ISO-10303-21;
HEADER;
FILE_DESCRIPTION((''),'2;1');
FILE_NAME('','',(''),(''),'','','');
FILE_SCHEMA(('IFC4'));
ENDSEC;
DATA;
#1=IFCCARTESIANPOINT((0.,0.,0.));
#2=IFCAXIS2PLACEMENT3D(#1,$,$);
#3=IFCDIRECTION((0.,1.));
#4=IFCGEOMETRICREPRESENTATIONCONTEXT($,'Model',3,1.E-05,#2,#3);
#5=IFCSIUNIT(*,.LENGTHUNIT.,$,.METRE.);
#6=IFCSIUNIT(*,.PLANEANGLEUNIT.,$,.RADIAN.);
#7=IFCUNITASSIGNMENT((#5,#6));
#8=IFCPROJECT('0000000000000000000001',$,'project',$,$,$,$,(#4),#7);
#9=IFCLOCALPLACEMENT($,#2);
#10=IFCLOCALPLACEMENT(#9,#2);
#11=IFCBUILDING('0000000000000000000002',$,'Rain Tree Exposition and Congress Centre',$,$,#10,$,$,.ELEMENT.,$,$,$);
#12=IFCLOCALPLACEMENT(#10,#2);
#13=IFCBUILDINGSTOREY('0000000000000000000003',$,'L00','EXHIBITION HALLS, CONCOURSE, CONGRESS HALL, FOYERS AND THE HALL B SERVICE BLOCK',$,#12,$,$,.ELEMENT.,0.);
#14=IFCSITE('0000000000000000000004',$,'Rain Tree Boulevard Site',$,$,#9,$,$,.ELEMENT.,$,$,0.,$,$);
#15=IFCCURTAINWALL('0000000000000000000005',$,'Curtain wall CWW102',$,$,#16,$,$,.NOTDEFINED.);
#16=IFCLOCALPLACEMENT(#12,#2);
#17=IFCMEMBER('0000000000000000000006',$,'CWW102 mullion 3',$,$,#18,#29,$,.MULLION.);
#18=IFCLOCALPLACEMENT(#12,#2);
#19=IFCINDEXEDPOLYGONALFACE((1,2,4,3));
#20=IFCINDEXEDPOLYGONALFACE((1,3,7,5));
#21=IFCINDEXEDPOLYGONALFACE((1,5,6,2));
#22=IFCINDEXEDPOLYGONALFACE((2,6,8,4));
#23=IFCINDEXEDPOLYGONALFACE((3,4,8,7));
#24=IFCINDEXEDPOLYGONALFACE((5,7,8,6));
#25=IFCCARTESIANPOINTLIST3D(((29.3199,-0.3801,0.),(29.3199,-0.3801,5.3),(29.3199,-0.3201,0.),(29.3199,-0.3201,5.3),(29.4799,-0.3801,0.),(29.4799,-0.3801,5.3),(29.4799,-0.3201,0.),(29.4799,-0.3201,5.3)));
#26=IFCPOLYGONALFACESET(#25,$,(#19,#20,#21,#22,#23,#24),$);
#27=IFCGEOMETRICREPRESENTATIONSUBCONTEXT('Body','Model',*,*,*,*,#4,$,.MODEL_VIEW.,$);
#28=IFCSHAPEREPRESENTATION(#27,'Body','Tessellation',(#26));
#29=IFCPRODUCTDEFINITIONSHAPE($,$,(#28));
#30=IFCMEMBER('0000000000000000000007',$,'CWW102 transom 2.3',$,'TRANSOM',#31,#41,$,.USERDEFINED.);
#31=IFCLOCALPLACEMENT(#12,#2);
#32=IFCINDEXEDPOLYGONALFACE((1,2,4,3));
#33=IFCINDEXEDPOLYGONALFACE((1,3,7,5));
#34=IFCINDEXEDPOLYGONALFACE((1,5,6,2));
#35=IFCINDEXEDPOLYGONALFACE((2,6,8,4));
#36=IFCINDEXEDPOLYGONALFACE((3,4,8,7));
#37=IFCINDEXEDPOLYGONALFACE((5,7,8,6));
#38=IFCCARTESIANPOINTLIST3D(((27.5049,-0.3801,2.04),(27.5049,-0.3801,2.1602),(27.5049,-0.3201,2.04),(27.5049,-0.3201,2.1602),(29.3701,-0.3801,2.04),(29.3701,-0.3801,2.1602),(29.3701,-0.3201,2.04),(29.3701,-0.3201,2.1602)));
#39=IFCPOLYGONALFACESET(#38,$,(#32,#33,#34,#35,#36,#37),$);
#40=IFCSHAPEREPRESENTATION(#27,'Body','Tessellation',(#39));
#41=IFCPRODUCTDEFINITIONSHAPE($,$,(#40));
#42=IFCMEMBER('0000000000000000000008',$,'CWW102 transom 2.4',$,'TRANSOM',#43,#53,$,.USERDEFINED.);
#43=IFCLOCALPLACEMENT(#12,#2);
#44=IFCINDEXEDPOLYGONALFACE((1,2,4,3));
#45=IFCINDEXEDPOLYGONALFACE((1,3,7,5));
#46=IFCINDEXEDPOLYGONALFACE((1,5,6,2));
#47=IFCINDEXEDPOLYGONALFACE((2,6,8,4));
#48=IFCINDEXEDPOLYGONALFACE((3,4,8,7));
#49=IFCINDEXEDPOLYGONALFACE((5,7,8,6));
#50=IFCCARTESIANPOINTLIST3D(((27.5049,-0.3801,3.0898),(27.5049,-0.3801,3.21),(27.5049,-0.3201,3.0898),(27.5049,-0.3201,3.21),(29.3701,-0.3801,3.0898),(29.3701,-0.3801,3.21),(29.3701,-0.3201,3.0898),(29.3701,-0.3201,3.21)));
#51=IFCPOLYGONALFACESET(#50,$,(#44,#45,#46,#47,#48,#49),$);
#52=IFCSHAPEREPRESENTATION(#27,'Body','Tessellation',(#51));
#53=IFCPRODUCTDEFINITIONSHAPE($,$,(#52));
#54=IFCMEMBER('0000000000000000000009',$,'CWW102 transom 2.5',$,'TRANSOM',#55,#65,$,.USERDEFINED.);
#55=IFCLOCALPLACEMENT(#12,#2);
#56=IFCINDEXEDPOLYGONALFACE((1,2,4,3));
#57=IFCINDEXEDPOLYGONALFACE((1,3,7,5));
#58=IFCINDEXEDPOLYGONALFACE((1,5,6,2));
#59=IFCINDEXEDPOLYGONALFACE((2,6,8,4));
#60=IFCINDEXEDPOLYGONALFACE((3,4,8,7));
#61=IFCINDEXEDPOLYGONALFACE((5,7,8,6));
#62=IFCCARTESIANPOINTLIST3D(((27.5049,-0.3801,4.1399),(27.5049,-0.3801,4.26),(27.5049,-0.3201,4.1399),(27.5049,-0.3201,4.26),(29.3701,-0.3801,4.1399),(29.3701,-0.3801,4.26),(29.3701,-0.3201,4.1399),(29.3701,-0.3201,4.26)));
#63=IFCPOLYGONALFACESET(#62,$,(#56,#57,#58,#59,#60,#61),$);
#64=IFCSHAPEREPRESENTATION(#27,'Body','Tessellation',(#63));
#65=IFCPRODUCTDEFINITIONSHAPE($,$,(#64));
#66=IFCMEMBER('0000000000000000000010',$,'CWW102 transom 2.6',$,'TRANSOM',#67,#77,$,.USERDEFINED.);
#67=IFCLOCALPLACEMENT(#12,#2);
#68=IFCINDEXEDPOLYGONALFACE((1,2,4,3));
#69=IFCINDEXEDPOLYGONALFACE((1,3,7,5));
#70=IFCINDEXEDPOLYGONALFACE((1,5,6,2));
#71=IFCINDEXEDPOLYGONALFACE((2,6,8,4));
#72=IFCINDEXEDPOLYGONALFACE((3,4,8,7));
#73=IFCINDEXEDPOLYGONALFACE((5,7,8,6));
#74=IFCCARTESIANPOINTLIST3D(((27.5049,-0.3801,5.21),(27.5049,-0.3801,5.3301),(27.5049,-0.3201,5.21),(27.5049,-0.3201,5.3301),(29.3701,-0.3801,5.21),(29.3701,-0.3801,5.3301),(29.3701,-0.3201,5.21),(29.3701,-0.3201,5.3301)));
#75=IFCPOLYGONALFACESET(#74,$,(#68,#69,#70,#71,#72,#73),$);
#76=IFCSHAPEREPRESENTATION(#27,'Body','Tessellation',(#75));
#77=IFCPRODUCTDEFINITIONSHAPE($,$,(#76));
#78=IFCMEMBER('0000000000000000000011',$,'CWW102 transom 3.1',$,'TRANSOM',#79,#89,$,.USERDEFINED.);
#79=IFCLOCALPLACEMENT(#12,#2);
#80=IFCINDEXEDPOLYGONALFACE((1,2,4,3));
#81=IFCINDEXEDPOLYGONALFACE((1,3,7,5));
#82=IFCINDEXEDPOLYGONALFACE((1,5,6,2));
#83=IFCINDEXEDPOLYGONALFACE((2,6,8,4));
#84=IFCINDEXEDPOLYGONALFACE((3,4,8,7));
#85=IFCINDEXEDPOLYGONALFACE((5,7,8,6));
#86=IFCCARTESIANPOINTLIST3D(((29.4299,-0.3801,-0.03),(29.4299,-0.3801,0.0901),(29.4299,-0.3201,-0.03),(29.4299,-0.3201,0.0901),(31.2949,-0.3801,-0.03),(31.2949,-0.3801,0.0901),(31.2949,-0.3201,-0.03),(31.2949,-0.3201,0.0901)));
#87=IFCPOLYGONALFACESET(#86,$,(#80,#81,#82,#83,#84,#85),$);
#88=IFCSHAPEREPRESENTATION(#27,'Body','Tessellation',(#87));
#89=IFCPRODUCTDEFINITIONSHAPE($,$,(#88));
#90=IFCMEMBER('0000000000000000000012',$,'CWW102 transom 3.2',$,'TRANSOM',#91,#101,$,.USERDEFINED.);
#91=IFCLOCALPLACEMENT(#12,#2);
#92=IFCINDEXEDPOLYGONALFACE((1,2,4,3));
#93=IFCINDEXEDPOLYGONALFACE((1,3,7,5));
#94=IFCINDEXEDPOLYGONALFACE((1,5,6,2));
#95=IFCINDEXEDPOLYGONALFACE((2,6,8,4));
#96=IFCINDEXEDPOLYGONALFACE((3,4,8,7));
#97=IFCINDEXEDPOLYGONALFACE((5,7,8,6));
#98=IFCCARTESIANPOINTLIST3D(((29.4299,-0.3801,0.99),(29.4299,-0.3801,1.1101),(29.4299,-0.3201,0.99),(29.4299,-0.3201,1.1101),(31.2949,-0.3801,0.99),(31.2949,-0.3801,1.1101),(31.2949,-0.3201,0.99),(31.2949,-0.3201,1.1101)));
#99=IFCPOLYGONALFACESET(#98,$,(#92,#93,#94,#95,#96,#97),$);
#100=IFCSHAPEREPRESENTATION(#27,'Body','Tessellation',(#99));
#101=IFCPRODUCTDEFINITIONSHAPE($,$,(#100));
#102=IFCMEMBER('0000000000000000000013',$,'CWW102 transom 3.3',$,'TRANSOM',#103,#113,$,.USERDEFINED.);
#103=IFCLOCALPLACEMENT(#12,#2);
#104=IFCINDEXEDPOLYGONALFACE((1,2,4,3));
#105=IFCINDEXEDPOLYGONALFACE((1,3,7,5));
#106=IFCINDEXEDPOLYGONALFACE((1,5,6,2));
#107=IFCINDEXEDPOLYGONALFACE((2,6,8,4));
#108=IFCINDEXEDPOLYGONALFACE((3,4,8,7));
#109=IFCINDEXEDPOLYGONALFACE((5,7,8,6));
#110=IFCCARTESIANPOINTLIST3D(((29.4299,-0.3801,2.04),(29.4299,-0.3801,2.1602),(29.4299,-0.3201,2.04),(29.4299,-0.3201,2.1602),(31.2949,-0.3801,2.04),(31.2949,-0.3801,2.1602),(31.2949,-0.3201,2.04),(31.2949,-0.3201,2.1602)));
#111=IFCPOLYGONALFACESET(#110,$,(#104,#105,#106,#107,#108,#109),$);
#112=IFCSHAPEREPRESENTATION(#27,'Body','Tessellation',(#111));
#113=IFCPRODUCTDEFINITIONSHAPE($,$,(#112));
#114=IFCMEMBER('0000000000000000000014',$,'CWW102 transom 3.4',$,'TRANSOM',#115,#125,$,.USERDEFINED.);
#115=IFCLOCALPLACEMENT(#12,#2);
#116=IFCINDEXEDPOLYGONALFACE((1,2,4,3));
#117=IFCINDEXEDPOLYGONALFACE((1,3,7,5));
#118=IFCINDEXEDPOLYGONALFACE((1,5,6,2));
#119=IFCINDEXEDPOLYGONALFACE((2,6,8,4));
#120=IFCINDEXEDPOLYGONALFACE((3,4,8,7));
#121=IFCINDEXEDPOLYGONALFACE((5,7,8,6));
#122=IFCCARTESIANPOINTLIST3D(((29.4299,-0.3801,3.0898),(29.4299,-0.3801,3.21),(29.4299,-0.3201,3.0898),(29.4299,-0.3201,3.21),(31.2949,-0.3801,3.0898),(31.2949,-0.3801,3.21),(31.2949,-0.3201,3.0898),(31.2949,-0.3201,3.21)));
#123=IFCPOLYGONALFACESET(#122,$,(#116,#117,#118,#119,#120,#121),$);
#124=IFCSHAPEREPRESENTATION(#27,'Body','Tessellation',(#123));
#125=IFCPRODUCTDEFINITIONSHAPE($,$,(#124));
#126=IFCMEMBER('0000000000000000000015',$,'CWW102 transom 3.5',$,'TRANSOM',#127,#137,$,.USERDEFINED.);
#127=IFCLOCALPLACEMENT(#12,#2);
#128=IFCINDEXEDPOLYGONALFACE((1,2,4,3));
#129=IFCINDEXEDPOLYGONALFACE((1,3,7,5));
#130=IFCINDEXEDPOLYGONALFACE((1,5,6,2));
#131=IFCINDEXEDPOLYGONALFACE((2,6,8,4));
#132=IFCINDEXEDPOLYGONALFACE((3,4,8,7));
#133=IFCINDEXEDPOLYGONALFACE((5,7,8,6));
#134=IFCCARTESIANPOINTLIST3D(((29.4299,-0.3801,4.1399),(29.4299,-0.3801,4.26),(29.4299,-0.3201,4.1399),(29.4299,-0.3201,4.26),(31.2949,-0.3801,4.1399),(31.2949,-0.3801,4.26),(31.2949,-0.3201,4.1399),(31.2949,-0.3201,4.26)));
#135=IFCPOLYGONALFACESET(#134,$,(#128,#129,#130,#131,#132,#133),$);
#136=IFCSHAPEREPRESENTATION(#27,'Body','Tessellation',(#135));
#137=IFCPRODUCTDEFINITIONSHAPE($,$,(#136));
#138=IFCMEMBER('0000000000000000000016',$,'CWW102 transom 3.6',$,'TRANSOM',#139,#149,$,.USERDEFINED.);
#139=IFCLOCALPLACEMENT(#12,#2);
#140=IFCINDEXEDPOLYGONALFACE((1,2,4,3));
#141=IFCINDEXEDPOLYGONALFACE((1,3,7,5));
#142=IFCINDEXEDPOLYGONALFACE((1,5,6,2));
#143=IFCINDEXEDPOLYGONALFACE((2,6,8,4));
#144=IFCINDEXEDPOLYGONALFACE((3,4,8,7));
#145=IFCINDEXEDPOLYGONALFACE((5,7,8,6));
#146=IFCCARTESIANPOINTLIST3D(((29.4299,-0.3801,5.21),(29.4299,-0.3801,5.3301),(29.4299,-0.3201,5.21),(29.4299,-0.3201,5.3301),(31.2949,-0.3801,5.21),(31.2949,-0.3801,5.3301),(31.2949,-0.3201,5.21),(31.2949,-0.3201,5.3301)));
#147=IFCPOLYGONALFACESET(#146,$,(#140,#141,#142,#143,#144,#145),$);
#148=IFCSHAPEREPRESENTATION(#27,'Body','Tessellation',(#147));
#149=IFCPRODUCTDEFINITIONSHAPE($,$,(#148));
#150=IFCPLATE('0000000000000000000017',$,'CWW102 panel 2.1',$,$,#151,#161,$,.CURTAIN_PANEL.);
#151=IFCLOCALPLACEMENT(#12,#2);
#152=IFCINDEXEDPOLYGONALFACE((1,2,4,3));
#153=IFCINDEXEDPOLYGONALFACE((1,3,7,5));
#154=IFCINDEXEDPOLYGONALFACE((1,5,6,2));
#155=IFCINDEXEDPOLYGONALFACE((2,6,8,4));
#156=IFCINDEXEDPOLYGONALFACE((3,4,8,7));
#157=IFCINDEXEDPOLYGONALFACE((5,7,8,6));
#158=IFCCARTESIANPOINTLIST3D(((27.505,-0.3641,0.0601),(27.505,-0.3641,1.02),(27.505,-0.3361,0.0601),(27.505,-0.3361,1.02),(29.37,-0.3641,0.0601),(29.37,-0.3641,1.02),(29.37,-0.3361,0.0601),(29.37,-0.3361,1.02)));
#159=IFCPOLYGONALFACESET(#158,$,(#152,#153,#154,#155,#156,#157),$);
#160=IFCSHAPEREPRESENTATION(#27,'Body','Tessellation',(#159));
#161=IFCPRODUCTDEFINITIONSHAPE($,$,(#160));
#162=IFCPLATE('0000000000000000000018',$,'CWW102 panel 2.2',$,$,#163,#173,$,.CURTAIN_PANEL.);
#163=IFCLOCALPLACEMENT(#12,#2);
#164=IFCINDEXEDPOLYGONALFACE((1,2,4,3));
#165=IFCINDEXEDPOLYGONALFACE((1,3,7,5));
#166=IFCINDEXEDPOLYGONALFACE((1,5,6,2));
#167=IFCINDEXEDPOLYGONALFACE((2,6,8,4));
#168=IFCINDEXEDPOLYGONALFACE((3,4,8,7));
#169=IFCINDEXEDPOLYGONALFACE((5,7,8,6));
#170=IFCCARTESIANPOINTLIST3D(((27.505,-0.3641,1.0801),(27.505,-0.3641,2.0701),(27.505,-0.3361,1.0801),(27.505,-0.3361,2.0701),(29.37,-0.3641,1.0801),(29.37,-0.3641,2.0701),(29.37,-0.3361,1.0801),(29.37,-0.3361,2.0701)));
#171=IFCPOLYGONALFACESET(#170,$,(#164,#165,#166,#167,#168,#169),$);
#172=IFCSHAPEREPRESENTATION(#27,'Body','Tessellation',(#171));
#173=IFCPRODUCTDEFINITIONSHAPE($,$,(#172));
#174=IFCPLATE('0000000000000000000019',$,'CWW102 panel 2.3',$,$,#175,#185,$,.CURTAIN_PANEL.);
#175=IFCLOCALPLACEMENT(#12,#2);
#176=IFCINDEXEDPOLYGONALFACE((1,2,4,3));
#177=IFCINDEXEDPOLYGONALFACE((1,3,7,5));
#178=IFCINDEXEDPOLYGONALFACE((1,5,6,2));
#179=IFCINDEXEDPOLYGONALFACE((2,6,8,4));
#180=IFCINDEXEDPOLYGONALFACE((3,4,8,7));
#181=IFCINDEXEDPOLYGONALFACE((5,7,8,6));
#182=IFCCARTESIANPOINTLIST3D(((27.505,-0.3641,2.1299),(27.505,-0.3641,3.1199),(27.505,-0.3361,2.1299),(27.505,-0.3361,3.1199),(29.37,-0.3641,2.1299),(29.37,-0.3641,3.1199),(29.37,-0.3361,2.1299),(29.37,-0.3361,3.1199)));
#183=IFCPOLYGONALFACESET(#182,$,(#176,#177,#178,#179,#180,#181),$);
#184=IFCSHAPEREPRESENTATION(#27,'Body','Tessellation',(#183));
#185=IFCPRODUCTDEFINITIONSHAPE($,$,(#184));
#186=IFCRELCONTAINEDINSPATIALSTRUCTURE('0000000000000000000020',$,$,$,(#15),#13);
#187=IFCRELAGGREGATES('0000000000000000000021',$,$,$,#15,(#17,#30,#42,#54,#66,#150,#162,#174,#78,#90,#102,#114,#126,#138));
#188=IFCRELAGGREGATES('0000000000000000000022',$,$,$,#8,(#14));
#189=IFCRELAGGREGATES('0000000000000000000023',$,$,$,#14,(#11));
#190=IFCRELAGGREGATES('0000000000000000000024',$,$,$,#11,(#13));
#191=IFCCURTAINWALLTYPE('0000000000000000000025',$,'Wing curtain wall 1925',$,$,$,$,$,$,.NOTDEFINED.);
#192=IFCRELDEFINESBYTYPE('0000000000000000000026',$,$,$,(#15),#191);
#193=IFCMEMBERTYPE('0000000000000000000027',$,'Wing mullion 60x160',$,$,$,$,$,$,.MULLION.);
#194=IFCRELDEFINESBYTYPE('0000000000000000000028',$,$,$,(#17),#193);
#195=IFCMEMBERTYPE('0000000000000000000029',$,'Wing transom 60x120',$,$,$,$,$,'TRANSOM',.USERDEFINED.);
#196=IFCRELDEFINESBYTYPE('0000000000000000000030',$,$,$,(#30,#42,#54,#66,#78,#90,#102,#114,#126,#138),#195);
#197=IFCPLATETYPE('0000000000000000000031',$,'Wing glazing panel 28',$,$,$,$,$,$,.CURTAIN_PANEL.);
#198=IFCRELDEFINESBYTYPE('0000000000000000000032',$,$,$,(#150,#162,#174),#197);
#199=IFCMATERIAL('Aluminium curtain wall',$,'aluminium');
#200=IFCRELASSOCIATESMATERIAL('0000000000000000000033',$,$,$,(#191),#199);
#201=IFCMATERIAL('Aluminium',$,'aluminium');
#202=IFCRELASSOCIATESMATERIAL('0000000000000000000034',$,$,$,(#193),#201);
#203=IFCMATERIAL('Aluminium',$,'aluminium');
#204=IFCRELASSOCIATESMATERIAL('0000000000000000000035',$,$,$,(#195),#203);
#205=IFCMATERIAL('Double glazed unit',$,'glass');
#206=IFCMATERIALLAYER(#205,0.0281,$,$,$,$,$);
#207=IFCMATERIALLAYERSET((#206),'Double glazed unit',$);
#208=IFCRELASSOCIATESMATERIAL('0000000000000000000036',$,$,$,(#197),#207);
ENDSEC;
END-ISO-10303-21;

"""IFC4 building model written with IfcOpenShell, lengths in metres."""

from ifc_helpers import new_model, si_unit, direction, frame, origin, origin_2d, place, context, subcontext, project, spatial, rectangle, extrude, material, layer, layer_set, material_profile, profile_set, type_object, element, aggregate, save


model = new_model("IFC4")

# Units and contexts
model_context = context("Model", 3, precision=1e-05, world=origin(), true_north=direction((0.0, 1.0)))
body_context = subcontext(model_context, "Body", "Model", "MODEL_VIEW")
ifc_project = project(units=[si_unit("LENGTHUNIT", "METRE"), si_unit("PLANEANGLEUNIT", "RADIAN")], contexts=[model_context])

# Site, building, storey
site_placement = place(None, origin())
site = spatial("IfcSite", under=ifc_project, at=site_placement, Name="Rain Tree Boulevard Site", CompositionType="ELEMENT", RefElevation=0.0)
building_placement = place(site_placement, origin())
building = spatial("IfcBuilding", under=site, at=building_placement, Name="Rain Tree Exposition and Congress Centre", CompositionType="ELEMENT")
storey_placement = place(building_placement, origin())
storey = spatial("IfcBuildingStorey", under=building, at=storey_placement, Name="L00", Description="EXHIBITION HALLS, CONCOURSE, CONGRESS HALL, FOYERS AND THE HALL B SERVICE BLOCK", CompositionType="ELEMENT", Elevation=0.0)

# Curtain wall, members, plates
ifc_material_1 = material(Name="Aluminium curtain wall", Category="aluminium")
curtain_wall_type = type_object("IfcCurtainWallType", Name="Wing curtain wall 1925", PredefinedType="NOTDEFINED", material=ifc_material_1)
curtain_wall_placement = place(storey_placement, origin())
curtain_wall = element("IfcCurtainWall", 1, at=curtain_wall_placement, inside=storey, type_object=curtain_wall_type, Name="Curtain wall CWW102", PredefinedType="NOTDEFINED")
ifc_material_2 = material(Name="Aluminium", Category="aluminium")
ifc_material_profile_1 = material_profile(ifc_material_2, rectangle(XDim=0.0601, YDim=0.1599, at=origin_2d()), Name="Aluminium 60x160")
ifc_profile_set_1 = profile_set([ifc_material_profile_1], Name="Aluminium")
member_type_1 = type_object("IfcMemberType", Name="Wing mullion 60x160", PredefinedType="MULLION", material=ifc_profile_set_1)
member_1_placement = place(storey_placement, frame((29.3999, -0.3501, 0.0), z_axis=(0.0, 0.0, 1.0), x_axis=(0.0, 1.0, 0.0)))
member_1 = element("IfcMember", 2, at=member_1_placement, type_object=member_type_1, Name="CWW102 mullion 3", PredefinedType="MULLION", context=body_context, shape_type="SweptSolid", body=[
    extrude(rectangle(XDim=0.0601, YDim=0.1599, at=origin_2d()), origin(), (0.0, 0.0, 1.0), 5.3),
])
ifc_material_3 = material(Name="Aluminium", Category="aluminium")
ifc_material_profile_2 = material_profile(ifc_material_3, rectangle(XDim=0.0601, YDim=0.1201, at=origin_2d()), Name="Aluminium 60x120")
ifc_profile_set_2 = profile_set([ifc_material_profile_2], Name="Aluminium")
member_type_2 = type_object("IfcMemberType", Name="Wing transom 60x120", ElementType="TRANSOM", PredefinedType="USERDEFINED", material=ifc_profile_set_2)
member_2_placement = place(storey_placement, frame((27.5049, -0.3501, 2.1001), z_axis=(1.0, 0.0, 0.0), x_axis=(0.0, 1.0, 0.0)))
member_2 = element("IfcMember", 3, at=member_2_placement, type_object=member_type_2, Name="CWW102 transom 2.3", ObjectType="TRANSOM", PredefinedType="USERDEFINED", context=body_context, shape_type="SweptSolid", body=[
    extrude(rectangle(XDim=0.0601, YDim=0.1201, at=origin_2d()), origin(), (0.0, 0.0, 1.0), 1.8652),
])
member_3_placement = place(storey_placement, frame((27.5049, -0.3501, 3.1499), z_axis=(1.0, 0.0, 0.0), x_axis=(0.0, 1.0, 0.0)))
member_3 = element("IfcMember", 4, at=member_3_placement, type_object=member_type_2, Name="CWW102 transom 2.4", ObjectType="TRANSOM", PredefinedType="USERDEFINED", context=body_context, shape_type="SweptSolid", body=[
    extrude(rectangle(XDim=0.0601, YDim=0.1201, at=origin_2d()), origin(), (0.0, 0.0, 1.0), 1.8652),
])
member_4_placement = place(storey_placement, frame((27.5049, -0.3501, 4.2), z_axis=(1.0, 0.0, 0.0), x_axis=(0.0, 1.0, 0.0)))
member_4 = element("IfcMember", 5, at=member_4_placement, type_object=member_type_2, Name="CWW102 transom 2.5", ObjectType="TRANSOM", PredefinedType="USERDEFINED", context=body_context, shape_type="SweptSolid", body=[
    extrude(rectangle(XDim=0.0601, YDim=0.1201, at=origin_2d()), origin(), (0.0, 0.0, 1.0), 1.8652),
])
member_5_placement = place(storey_placement, frame((27.5049, -0.3501, 5.27), z_axis=(1.0, 0.0, 0.0), x_axis=(0.0, 1.0, 0.0)))
member_5 = element("IfcMember", 6, at=member_5_placement, type_object=member_type_2, Name="CWW102 transom 2.6", ObjectType="TRANSOM", PredefinedType="USERDEFINED", context=body_context, shape_type="SweptSolid", body=[
    extrude(rectangle(XDim=0.0601, YDim=0.1201, at=origin_2d()), origin(), (0.0, 0.0, 1.0), 1.8652),
])
member_6_placement = place(storey_placement, frame((29.4299, -0.3501, 0.03), z_axis=(1.0, 0.0, 0.0), x_axis=(0.0, 1.0, 0.0)))
member_6 = element("IfcMember", 7, at=member_6_placement, type_object=member_type_2, Name="CWW102 transom 3.1", ObjectType="TRANSOM", PredefinedType="USERDEFINED", context=body_context, shape_type="SweptSolid", body=[
    extrude(rectangle(XDim=0.0601, YDim=0.1201, at=origin_2d()), origin(), (0.0, 0.0, 1.0), 1.865),
])
member_7_placement = place(storey_placement, frame((29.4299, -0.3501, 1.05), z_axis=(1.0, 0.0, 0.0), x_axis=(0.0, 1.0, 0.0)))
member_7 = element("IfcMember", 8, at=member_7_placement, type_object=member_type_2, Name="CWW102 transom 3.2", ObjectType="TRANSOM", PredefinedType="USERDEFINED", context=body_context, shape_type="SweptSolid", body=[
    extrude(rectangle(XDim=0.0601, YDim=0.1201, at=origin_2d()), origin(), (0.0, 0.0, 1.0), 1.865),
])
member_8_placement = place(storey_placement, frame((29.4299, -0.3501, 2.1001), z_axis=(1.0, 0.0, 0.0), x_axis=(0.0, 1.0, 0.0)))
member_8 = element("IfcMember", 9, at=member_8_placement, type_object=member_type_2, Name="CWW102 transom 3.3", ObjectType="TRANSOM", PredefinedType="USERDEFINED", context=body_context, shape_type="SweptSolid", body=[
    extrude(rectangle(XDim=0.0601, YDim=0.1201, at=origin_2d()), origin(), (0.0, 0.0, 1.0), 1.865),
])
member_9_placement = place(storey_placement, frame((29.4299, -0.3501, 3.1499), z_axis=(1.0, 0.0, 0.0), x_axis=(0.0, 1.0, 0.0)))
member_9 = element("IfcMember", 10, at=member_9_placement, type_object=member_type_2, Name="CWW102 transom 3.4", ObjectType="TRANSOM", PredefinedType="USERDEFINED", context=body_context, shape_type="SweptSolid", body=[
    extrude(rectangle(XDim=0.0601, YDim=0.1201, at=origin_2d()), origin(), (0.0, 0.0, 1.0), 1.865),
])
member_10_placement = place(storey_placement, frame((29.4299, -0.3501, 4.2), z_axis=(1.0, 0.0, 0.0), x_axis=(0.0, 1.0, 0.0)))
member_10 = element("IfcMember", 11, at=member_10_placement, type_object=member_type_2, Name="CWW102 transom 3.5", ObjectType="TRANSOM", PredefinedType="USERDEFINED", context=body_context, shape_type="SweptSolid", body=[
    extrude(rectangle(XDim=0.0601, YDim=0.1201, at=origin_2d()), origin(), (0.0, 0.0, 1.0), 1.865),
])
member_11_placement = place(storey_placement, frame((29.4299, -0.3501, 5.27), z_axis=(1.0, 0.0, 0.0), x_axis=(0.0, 1.0, 0.0)))
member_11 = element("IfcMember", 12, at=member_11_placement, type_object=member_type_2, Name="CWW102 transom 3.6", ObjectType="TRANSOM", PredefinedType="USERDEFINED", context=body_context, shape_type="SweptSolid", body=[
    extrude(rectangle(XDim=0.0601, YDim=0.1201, at=origin_2d()), origin(), (0.0, 0.0, 1.0), 1.865),
])
ifc_material_4 = material(Name="Double glazed unit", Category="glass")
ifc_layer_1 = layer(ifc_material_4, 0.0281)
ifc_layer_set_1 = layer_set([ifc_layer_1], Name="Double glazed unit")
plate_type = type_object("IfcPlateType", Name="Wing glazing panel 28", PredefinedType="CURTAIN_PANEL", material=ifc_layer_set_1)
plate_1_placement = place(storey_placement, frame((28.4375, -0.3501, 0.0601), z_axis=(0.0, 0.0, 1.0), x_axis=(1.0, 0.0, 0.0)))
plate_1 = element("IfcPlate", 13, at=plate_1_placement, type_object=plate_type, Name="CWW102 panel 2.1", PredefinedType="CURTAIN_PANEL", context=body_context, shape_type="SweptSolid", body=[
    extrude(rectangle(XDim=1.865, YDim=0.0281, at=origin_2d()), origin(), (0.0, 0.0, 1.0), 0.96),
])
plate_2_placement = place(storey_placement, frame((28.4375, -0.3501, 1.0801), z_axis=(0.0, 0.0, 1.0), x_axis=(1.0, 0.0, 0.0)))
plate_2 = element("IfcPlate", 14, at=plate_2_placement, type_object=plate_type, Name="CWW102 panel 2.2", PredefinedType="CURTAIN_PANEL", context=body_context, shape_type="SweptSolid", body=[
    extrude(rectangle(XDim=1.865, YDim=0.0281, at=origin_2d()), origin(), (0.0, 0.0, 1.0), 0.99),
])
plate_3_placement = place(storey_placement, frame((28.4375, -0.3501, 2.1299), z_axis=(0.0, 0.0, 1.0), x_axis=(1.0, 0.0, 0.0)))
plate_3 = element("IfcPlate", 15, at=plate_3_placement, type_object=plate_type, Name="CWW102 panel 2.3", PredefinedType="CURTAIN_PANEL", context=body_context, shape_type="SweptSolid", body=[
    extrude(rectangle(XDim=1.865, YDim=0.0281, at=origin_2d()), origin(), (0.0, 0.0, 1.0), 0.99),
])
aggregate(curtain_wall, [member_1, member_2, member_3, member_4, member_5, plate_1, plate_2, plate_3, member_6, member_7, member_8, member_9, member_10, member_11])

save(model, "model.ifc")
